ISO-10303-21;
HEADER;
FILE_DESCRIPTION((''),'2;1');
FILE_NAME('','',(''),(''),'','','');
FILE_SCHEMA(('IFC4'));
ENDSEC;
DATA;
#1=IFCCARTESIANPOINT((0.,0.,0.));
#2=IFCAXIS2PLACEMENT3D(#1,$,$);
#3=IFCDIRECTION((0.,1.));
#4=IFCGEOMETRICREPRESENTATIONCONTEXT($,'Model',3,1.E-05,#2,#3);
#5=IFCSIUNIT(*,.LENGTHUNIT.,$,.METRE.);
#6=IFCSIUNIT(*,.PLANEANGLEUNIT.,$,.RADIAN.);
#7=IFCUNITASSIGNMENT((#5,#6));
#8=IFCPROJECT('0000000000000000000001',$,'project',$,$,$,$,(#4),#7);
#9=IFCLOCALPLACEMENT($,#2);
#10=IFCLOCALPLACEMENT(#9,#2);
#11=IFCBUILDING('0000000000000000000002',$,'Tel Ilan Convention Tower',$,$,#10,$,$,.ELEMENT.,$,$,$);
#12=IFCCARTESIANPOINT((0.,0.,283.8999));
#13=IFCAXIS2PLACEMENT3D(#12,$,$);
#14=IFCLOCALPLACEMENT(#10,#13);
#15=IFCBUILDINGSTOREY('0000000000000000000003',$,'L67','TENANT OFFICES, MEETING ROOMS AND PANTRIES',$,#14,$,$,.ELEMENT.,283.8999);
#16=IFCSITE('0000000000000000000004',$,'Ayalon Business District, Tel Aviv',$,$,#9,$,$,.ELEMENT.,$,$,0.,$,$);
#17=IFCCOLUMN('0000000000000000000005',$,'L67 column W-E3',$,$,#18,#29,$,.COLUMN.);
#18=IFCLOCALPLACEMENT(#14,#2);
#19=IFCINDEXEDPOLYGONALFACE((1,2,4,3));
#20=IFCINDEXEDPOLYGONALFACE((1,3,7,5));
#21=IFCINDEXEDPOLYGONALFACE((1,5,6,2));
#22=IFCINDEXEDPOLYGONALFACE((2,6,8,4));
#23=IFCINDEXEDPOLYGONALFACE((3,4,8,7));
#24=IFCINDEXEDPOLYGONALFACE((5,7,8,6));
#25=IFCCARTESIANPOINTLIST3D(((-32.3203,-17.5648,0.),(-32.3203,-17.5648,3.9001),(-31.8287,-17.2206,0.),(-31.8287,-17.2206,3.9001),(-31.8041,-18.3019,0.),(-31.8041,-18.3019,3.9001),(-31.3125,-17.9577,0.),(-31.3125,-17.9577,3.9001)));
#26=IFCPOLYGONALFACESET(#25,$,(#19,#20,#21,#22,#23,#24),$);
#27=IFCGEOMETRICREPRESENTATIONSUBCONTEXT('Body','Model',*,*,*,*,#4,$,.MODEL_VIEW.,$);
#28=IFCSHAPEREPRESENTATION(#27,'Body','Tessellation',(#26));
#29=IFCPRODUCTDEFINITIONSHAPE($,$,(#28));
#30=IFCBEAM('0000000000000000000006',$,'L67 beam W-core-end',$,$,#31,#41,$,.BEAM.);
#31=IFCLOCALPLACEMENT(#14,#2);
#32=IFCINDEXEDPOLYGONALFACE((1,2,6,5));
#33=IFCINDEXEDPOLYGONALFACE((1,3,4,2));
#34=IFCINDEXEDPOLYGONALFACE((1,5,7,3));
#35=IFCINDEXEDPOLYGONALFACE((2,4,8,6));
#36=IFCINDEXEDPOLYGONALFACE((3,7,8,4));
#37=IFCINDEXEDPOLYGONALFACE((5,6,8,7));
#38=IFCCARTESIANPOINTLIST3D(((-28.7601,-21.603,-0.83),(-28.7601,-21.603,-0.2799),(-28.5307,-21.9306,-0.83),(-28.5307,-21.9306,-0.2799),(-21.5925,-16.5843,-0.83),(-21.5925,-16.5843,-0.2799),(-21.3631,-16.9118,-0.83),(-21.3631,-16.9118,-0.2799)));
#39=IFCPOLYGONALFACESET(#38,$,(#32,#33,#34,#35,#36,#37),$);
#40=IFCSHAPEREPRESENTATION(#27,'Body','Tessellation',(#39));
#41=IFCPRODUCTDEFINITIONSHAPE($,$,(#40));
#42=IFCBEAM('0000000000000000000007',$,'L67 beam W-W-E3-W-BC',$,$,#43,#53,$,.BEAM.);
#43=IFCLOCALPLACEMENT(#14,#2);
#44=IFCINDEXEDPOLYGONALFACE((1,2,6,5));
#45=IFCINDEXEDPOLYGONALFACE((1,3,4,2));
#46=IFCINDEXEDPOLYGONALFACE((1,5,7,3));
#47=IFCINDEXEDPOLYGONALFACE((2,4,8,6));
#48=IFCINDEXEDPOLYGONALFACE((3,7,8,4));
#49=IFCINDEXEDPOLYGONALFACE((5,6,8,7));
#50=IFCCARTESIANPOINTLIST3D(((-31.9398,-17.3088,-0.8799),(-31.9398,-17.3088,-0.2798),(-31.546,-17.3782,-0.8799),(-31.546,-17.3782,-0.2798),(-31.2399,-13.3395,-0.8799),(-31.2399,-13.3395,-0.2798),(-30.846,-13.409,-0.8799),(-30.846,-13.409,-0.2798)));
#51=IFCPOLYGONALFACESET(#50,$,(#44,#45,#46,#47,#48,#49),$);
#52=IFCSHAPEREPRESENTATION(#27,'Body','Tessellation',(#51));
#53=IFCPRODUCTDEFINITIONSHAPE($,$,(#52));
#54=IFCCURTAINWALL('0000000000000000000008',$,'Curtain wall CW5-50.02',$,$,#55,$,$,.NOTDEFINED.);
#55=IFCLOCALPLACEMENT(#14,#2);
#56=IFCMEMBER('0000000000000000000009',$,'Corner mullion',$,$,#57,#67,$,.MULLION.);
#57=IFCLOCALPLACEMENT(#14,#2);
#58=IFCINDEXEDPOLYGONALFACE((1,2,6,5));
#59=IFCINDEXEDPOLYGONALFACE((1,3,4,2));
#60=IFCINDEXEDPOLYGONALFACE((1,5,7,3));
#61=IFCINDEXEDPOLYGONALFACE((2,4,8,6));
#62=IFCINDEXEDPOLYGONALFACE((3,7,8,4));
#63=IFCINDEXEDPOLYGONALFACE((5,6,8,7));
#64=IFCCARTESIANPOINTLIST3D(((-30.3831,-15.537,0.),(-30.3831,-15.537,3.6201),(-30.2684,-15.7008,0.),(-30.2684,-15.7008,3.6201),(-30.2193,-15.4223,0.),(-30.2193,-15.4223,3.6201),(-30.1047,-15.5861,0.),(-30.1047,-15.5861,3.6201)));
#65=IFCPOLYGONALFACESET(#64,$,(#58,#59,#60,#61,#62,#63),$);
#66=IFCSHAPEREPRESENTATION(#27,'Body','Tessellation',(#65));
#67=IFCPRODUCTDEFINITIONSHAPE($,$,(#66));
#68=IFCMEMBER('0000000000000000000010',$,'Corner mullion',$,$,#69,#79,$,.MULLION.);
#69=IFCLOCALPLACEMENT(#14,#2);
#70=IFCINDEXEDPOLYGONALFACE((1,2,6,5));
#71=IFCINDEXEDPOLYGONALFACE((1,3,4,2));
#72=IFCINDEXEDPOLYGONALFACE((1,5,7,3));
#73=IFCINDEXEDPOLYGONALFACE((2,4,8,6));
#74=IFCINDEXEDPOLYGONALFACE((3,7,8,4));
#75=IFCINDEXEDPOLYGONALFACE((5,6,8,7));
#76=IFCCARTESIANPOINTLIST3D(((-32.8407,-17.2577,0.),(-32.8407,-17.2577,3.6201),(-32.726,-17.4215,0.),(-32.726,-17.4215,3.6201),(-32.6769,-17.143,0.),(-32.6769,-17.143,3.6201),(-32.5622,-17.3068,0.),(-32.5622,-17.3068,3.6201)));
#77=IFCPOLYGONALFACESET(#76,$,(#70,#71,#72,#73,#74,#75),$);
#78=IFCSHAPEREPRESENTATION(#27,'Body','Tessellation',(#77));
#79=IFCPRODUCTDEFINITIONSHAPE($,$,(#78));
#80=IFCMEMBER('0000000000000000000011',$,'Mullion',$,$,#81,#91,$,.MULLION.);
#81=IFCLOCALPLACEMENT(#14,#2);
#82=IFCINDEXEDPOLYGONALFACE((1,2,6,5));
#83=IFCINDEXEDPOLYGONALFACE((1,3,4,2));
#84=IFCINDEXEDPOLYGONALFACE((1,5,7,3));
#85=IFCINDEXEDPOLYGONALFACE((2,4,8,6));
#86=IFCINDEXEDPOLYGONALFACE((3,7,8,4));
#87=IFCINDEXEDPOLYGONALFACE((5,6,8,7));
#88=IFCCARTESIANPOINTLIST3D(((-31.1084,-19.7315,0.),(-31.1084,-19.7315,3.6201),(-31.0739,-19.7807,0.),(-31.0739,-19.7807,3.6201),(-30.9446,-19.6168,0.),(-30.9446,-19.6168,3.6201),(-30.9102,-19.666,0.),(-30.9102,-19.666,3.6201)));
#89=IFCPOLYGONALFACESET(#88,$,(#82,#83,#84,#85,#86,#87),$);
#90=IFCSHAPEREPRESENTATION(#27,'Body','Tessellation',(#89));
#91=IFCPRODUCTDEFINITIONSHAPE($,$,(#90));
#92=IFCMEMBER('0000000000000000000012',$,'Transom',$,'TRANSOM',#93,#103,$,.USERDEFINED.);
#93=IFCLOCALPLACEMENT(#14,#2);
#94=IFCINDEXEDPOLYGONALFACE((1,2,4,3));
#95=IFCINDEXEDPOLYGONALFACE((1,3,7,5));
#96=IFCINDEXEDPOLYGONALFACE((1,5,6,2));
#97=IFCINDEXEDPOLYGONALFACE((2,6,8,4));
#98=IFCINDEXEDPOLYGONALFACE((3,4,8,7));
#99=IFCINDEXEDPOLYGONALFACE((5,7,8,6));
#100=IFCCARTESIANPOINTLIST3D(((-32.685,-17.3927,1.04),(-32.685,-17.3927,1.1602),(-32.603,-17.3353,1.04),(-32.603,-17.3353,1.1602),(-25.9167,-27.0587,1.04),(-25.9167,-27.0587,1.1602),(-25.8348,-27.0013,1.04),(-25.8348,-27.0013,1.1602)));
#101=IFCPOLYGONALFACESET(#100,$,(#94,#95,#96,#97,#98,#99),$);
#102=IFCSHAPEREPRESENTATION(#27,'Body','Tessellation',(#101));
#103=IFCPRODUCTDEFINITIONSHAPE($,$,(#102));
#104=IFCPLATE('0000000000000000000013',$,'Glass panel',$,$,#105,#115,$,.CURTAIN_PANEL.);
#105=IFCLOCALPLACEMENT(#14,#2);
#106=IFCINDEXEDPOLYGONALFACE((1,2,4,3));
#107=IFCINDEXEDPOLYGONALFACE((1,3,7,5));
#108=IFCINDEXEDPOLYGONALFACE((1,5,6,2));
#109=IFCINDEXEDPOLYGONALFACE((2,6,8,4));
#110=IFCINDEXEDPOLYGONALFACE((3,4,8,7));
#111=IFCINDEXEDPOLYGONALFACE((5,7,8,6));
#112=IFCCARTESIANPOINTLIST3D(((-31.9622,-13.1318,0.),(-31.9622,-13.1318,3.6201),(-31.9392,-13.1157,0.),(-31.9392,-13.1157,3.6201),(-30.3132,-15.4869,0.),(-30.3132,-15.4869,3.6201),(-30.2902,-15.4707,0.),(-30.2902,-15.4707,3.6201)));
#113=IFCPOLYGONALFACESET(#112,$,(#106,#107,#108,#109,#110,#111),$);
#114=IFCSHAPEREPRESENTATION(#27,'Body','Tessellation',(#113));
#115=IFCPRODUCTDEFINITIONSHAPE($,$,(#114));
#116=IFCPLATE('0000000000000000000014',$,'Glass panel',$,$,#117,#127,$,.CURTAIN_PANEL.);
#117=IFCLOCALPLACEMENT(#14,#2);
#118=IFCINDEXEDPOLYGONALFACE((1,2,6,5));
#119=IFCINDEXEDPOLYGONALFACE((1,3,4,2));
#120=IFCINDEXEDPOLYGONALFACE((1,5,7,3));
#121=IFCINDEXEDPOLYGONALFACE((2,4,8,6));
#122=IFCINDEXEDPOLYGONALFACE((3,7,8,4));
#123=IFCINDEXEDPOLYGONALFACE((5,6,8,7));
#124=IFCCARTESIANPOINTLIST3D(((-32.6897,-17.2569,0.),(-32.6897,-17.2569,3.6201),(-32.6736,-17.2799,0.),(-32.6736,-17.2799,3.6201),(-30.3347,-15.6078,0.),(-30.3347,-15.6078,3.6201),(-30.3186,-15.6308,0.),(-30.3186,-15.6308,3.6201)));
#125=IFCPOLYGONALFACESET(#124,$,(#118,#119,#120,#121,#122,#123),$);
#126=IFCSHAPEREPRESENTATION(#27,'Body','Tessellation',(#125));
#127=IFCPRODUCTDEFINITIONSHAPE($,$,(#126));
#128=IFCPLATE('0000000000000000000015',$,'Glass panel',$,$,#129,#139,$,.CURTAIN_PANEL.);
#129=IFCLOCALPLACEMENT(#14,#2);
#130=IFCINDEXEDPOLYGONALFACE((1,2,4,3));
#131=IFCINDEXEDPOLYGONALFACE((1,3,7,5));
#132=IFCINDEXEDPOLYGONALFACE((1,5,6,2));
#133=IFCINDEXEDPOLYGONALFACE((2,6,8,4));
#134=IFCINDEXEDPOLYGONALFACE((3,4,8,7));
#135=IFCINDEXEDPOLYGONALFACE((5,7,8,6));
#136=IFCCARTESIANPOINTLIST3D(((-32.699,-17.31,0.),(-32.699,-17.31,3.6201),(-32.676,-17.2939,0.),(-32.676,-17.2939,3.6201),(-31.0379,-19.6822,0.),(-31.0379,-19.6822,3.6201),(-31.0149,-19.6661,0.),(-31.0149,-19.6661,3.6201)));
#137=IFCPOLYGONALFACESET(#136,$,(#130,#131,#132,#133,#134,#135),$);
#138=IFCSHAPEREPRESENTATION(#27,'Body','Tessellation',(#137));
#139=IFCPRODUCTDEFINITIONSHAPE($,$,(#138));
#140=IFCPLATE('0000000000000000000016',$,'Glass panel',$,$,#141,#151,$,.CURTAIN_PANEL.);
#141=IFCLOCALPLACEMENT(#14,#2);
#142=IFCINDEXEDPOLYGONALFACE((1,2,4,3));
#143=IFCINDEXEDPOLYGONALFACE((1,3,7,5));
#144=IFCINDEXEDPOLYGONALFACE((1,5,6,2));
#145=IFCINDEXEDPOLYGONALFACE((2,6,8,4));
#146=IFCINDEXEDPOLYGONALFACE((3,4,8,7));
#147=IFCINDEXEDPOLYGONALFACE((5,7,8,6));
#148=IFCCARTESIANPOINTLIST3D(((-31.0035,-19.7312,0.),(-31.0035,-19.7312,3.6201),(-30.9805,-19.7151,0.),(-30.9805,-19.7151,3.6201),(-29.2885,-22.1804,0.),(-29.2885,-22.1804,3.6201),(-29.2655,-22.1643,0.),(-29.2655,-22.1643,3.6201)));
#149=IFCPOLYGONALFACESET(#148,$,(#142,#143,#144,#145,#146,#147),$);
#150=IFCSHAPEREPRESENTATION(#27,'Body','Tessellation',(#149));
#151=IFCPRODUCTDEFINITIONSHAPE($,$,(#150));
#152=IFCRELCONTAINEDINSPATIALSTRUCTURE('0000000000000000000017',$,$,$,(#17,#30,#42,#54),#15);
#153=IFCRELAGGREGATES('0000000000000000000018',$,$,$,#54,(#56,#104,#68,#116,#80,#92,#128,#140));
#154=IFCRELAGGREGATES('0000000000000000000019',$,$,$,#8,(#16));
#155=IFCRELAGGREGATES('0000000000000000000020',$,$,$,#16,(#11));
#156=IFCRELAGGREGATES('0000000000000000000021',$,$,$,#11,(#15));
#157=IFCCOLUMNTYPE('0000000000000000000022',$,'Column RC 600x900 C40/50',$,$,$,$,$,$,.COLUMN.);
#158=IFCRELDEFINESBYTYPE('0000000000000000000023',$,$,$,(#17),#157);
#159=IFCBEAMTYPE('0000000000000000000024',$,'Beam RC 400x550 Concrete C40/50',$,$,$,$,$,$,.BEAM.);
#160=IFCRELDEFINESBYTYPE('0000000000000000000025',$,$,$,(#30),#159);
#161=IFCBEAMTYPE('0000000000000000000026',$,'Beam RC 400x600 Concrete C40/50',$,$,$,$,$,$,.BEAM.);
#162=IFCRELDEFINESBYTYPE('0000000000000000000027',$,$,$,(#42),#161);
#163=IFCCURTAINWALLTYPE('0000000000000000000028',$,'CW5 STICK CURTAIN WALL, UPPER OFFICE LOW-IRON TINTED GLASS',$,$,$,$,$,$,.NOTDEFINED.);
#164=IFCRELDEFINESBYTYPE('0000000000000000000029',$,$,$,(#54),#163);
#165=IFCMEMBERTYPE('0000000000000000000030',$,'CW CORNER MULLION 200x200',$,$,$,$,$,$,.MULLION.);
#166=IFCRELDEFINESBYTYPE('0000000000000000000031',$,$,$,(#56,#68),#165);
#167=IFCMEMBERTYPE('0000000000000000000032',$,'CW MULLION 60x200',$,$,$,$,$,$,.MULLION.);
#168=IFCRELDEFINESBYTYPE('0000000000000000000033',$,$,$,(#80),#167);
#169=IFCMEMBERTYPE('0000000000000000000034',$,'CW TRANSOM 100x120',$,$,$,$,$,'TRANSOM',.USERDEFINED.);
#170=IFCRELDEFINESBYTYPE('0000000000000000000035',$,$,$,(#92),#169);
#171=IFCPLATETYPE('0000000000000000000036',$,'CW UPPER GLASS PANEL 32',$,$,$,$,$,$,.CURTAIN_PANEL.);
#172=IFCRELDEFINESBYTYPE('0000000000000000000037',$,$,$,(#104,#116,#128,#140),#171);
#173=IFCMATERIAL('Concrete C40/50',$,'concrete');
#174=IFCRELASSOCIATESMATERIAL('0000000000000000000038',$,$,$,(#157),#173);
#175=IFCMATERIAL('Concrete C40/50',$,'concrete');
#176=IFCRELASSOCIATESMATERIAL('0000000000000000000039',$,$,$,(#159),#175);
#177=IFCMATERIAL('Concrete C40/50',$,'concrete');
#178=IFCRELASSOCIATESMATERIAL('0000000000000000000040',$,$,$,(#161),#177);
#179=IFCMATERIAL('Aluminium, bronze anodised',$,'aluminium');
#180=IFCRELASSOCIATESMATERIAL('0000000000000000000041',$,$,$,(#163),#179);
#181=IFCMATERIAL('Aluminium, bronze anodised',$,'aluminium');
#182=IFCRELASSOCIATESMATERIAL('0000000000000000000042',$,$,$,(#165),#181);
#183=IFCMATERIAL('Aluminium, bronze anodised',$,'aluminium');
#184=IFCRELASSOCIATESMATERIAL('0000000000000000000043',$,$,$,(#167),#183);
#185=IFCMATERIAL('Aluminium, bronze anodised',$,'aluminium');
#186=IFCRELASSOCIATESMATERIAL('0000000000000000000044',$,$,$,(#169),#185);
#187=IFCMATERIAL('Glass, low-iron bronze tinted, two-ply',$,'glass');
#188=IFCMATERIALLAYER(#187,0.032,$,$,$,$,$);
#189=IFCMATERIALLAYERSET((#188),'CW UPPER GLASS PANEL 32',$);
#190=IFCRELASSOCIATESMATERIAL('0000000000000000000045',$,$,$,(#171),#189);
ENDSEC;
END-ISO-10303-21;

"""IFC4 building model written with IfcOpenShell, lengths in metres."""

from ifc_helpers import new_model, si_unit, direction, frame, origin, origin_2d, place, context, subcontext, project, spatial, rectangle, extrude, material, layer, layer_set, material_profile, profile_set, type_object, element, aggregate, save


model = new_model("IFC4")

# Units and contexts
model_context = context("Model", 3, precision=1e-05, world=origin(), true_north=direction((0.0, 1.0)))
body_context = subcontext(model_context, "Body", "Model", "MODEL_VIEW")
ifc_project = project(units=[si_unit("LENGTHUNIT", "METRE"), si_unit("PLANEANGLEUNIT", "RADIAN")], contexts=[model_context])

# Site, building, storey
site_placement = place(None, origin())
site = spatial("IfcSite", under=ifc_project, at=site_placement, Name="Ayalon Business District, Tel Aviv", CompositionType="ELEMENT", RefElevation=0.0)
building_placement = place(site_placement, origin())
building = spatial("IfcBuilding", under=site, at=building_placement, Name="Tel Ilan Convention Tower", CompositionType="ELEMENT")
storey_placement = place(building_placement, frame((0.0, 0.0, 283.8999)))
storey = spatial("IfcBuildingStorey", under=building, at=storey_placement, Name="L67", Description="TENANT OFFICES, MEETING ROOMS AND PANTRIES", CompositionType="ELEMENT", Elevation=283.8999)

# Column
ifc_material_1 = material(Name="Concrete C40/50", Category="concrete")
ifc_material_profile_1 = material_profile(ifc_material_1, rectangle(XDim=0.8999, YDim=0.6001, at=origin_2d()), Name="RC 600x900")
ifc_profile_set_1 = profile_set([ifc_material_profile_1], Name="Concrete C40/50")
column_type = type_object("IfcColumnType", Name="Column RC 600x900 C40/50", PredefinedType="COLUMN", material=ifc_profile_set_1)
column_placement = place(storey_placement, frame((-31.8164, -17.7612, 0.0), z_axis=(0.0, 0.0, 1.0), x_axis=(-0.573576, 0.819152, 0.0)))
element("IfcColumn", 1, at=column_placement, inside=storey, type_object=column_type, Name="L67 column W-E3", PredefinedType="COLUMN", context=body_context, shape_type="SweptSolid", body=[
    extrude(rectangle(XDim=0.8999, YDim=0.6001, at=origin_2d()), origin(), (0.0, 0.0, 1.0), 3.9001),
])

# Beams
ifc_material_2 = material(Name="Concrete C40/50", Category="concrete")
ifc_material_profile_2 = material_profile(ifc_material_2, rectangle(XDim=0.3999, YDim=0.55, at=origin_2d()), Name="RC 400x550")
ifc_profile_set_2 = profile_set([ifc_material_profile_2], Name="Concrete C40/50")
beam_type_1 = type_object("IfcBeamType", Name="Beam RC 400x550 Concrete C40/50", PredefinedType="BEAM", material=ifc_profile_set_2)
beam_1_placement = place(storey_placement, frame((-21.4778, -16.748, -0.5549), z_axis=(-0.819157, -0.573569, 0.0), x_axis=(0.573569, -0.819157, 0.0)))
element("IfcBeam", 2, at=beam_1_placement, inside=storey, type_object=beam_type_1, Name="L67 beam W-core-end", PredefinedType="BEAM", context=body_context, shape_type="SweptSolid", body=[
    extrude(rectangle(XDim=0.3999, YDim=0.55, at=origin_2d()), origin(), (0.0, 0.0, 1.0), 8.75),
])
ifc_material_3 = material(Name="Concrete C40/50", Category="concrete")
ifc_material_profile_3 = material_profile(ifc_material_3, rectangle(XDim=0.3999, YDim=0.6001, at=origin_2d()), Name="RC 400x600")
ifc_profile_set_3 = profile_set([ifc_material_profile_3], Name="Concrete C40/50")
beam_type_2 = type_object("IfcBeamType", Name="Beam RC 400x600 Concrete C40/50", PredefinedType="BEAM", material=ifc_profile_set_3)
beam_2_placement = place(storey_placement, frame((-31.7429, -17.3435, -0.5798), z_axis=(0.173664, 0.984805, 0.0), x_axis=(-0.984805, 0.173664, 0.0)))
element("IfcBeam", 3, at=beam_2_placement, inside=storey, type_object=beam_type_2, Name="L67 beam W-W-E3-W-BC", PredefinedType="BEAM", context=body_context, shape_type="SweptSolid", body=[
    extrude(rectangle(XDim=0.3999, YDim=0.6001, at=origin_2d()), origin(), (0.0, 0.0, 1.0), 4.0305),
])

# Curtain wall, members, plates
ifc_material_4 = material(Name="Aluminium, bronze anodised", Category="aluminium")
curtain_wall_type = type_object("IfcCurtainWallType", Name="CW5 STICK CURTAIN WALL, UPPER OFFICE LOW-IRON TINTED GLASS", PredefinedType="NOTDEFINED", material=ifc_material_4)
curtain_wall_placement = place(storey_placement, origin())
curtain_wall = element("IfcCurtainWall", 4, at=curtain_wall_placement, inside=storey, type_object=curtain_wall_type, Name="Curtain wall CW5-50.02", PredefinedType="NOTDEFINED")
ifc_material_5 = material(Name="Aluminium, bronze anodised", Category="aluminium")
ifc_material_profile_4 = material_profile(ifc_material_5, rectangle(XDim=0.2, YDim=0.2, at=origin_2d()), Name="CW CORNER MULLION 200x200")
ifc_profile_set_4 = profile_set([ifc_material_profile_4], Name="Aluminium, bronze anodised")
member_type_1 = type_object("IfcMemberType", Name="CW CORNER MULLION 200x200", PredefinedType="MULLION", material=ifc_profile_set_4)
member_1_placement = place(storey_placement, frame((-30.2439, -15.5615, 0.0), z_axis=(0.0, 0.0, 1.0), x_axis=(0.573576, -0.819152, 0.0)))
member_1 = element("IfcMember", 5, at=member_1_placement, type_object=member_type_1, Name="Corner mullion", PredefinedType="MULLION", context=body_context, shape_type="SweptSolid", body=[
    extrude(rectangle(XDim=0.2, YDim=0.2, at=origin_2d()), origin(), (0.0, 0.0, 1.0), 3.6201),
])
member_2_placement = place(storey_placement, frame((-32.7014, -17.2822, 0.0), z_axis=(0.0, 0.0, 1.0), x_axis=(-0.819152, -0.573576, 0.0)))
member_2 = element("IfcMember", 6, at=member_2_placement, type_object=member_type_1, Name="Corner mullion", PredefinedType="MULLION", context=body_context, shape_type="SweptSolid", body=[
    extrude(rectangle(XDim=0.2, YDim=0.2, at=origin_2d()), origin(), (0.0, 0.0, 1.0), 3.6201),
])
ifc_material_6 = material(Name="Aluminium, bronze anodised", Category="aluminium")
ifc_material_profile_5 = material_profile(ifc_material_6, rectangle(XDim=0.0601, YDim=0.2, at=origin_2d()), Name="CW MULLION 60x200")
ifc_profile_set_5 = profile_set([ifc_material_profile_5], Name="Aluminium, bronze anodised")
member_type_2 = type_object("IfcMemberType", Name="CW MULLION 60x200", PredefinedType="MULLION", material=ifc_profile_set_5)
member_3_placement = place(storey_placement, frame((-31.0093, -19.6987, 0.0), z_axis=(0.0, 0.0, 1.0), x_axis=(0.573576, -0.819152, 0.0)))
member_3 = element("IfcMember", 7, at=member_3_placement, type_object=member_type_2, Name="Mullion", PredefinedType="MULLION", context=body_context, shape_type="SweptSolid", body=[
    extrude(rectangle(XDim=0.0601, YDim=0.2, at=origin_2d()), origin(), (0.0, 0.0, 1.0), 3.6201),
])
ifc_material_7 = material(Name="Aluminium, bronze anodised", Category="aluminium")
ifc_material_profile_6 = material_profile(ifc_material_7, rectangle(XDim=0.1001, YDim=0.1201, at=origin_2d()), Name="CW TRANSOM 100x120")
ifc_profile_set_6 = profile_set([ifc_material_profile_6], Name="Aluminium, bronze anodised")
member_type_3 = type_object("IfcMemberType", Name="CW TRANSOM 100x120", ElementType="TRANSOM", PredefinedType="USERDEFINED", material=ifc_profile_set_6)
member_4_placement = place(storey_placement, frame((-32.644, -17.364, 1.1001), z_axis=(0.573582, -0.819148, 0.0), x_axis=(0.819148, 0.573582, 0.0)))
member_4 = element("IfcMember", 8, at=member_4_placement, type_object=member_type_3, Name="Transom", ObjectType="TRANSOM", PredefinedType="USERDEFINED", context=body_context, shape_type="SweptSolid", body=[
    extrude(rectangle(XDim=0.1001, YDim=0.1201, at=origin_2d()), origin(), (0.0, 0.0, 1.0), 11.8),
])
ifc_material_8 = material(Name="Glass, low-iron bronze tinted, two-ply", Category="glass")
ifc_layer_1 = layer(ifc_material_8, 0.032)
ifc_layer_set_1 = layer_set([ifc_layer_1], Name="CW UPPER GLASS PANEL 32")
plate_type = type_object("IfcPlateType", Name="CW UPPER GLASS PANEL 32", PredefinedType="CURTAIN_PANEL", material=ifc_layer_set_1)
plate_1_placement = place(storey_placement, frame((-31.1262, -14.3013, 0.0), z_axis=(0.0, 0.0, 1.0), x_axis=(0.573576, -0.819152, 0.0)))
plate_1 = element("IfcPlate", 9, at=plate_1_placement, type_object=plate_type, Name="Glass panel", PredefinedType="CURTAIN_PANEL", context=body_context, shape_type="SweptSolid", body=[
    extrude(rectangle(XDim=2.875, YDim=0.0281, at=origin_2d()), origin(), (0.0, 0.0, 1.0), 3.6201),
])
plate_2_placement = place(storey_placement, frame((-31.5042, -16.4438, 0.0), z_axis=(0.0, 0.0, 1.0), x_axis=(-0.819152, -0.573576, 0.0)))
plate_2 = element("IfcPlate", 10, at=plate_2_placement, type_object=plate_type, Name="Glass panel", PredefinedType="CURTAIN_PANEL", context=body_context, shape_type="SweptSolid", body=[
    extrude(rectangle(XDim=2.875, YDim=0.0281, at=origin_2d()), origin(), (0.0, 0.0, 1.0), 3.6201),
])
plate_3_placement = place(storey_placement, frame((-31.8569, -18.488, 0.0), z_axis=(0.0, 0.0, 1.0), x_axis=(0.573576, -0.819152, 0.0)))
plate_3 = element("IfcPlate", 11, at=plate_3_placement, type_object=plate_type, Name="Glass panel", PredefinedType="CURTAIN_PANEL", context=body_context, shape_type="SweptSolid", body=[
    extrude(rectangle(XDim=2.896, YDim=0.0281, at=origin_2d()), origin(), (0.0, 0.0, 1.0), 3.6201),
])
plate_4_placement = place(storey_placement, frame((-30.1345, -20.9478, 0.0), z_axis=(0.0, 0.0, 1.0), x_axis=(0.573576, -0.819152, 0.0)))
plate_4 = element("IfcPlate", 12, at=plate_4_placement, type_object=plate_type, Name="Glass panel", PredefinedType="CURTAIN_PANEL", context=body_context, shape_type="SweptSolid", body=[
    extrude(rectangle(XDim=2.99, YDim=0.0281, at=origin_2d()), origin(), (0.0, 0.0, 1.0), 3.6201),
])
aggregate(curtain_wall, [member_1, plate_1, member_2, plate_2, member_3, member_4, plate_3, plate_4])

save(model, "model.ifc")
